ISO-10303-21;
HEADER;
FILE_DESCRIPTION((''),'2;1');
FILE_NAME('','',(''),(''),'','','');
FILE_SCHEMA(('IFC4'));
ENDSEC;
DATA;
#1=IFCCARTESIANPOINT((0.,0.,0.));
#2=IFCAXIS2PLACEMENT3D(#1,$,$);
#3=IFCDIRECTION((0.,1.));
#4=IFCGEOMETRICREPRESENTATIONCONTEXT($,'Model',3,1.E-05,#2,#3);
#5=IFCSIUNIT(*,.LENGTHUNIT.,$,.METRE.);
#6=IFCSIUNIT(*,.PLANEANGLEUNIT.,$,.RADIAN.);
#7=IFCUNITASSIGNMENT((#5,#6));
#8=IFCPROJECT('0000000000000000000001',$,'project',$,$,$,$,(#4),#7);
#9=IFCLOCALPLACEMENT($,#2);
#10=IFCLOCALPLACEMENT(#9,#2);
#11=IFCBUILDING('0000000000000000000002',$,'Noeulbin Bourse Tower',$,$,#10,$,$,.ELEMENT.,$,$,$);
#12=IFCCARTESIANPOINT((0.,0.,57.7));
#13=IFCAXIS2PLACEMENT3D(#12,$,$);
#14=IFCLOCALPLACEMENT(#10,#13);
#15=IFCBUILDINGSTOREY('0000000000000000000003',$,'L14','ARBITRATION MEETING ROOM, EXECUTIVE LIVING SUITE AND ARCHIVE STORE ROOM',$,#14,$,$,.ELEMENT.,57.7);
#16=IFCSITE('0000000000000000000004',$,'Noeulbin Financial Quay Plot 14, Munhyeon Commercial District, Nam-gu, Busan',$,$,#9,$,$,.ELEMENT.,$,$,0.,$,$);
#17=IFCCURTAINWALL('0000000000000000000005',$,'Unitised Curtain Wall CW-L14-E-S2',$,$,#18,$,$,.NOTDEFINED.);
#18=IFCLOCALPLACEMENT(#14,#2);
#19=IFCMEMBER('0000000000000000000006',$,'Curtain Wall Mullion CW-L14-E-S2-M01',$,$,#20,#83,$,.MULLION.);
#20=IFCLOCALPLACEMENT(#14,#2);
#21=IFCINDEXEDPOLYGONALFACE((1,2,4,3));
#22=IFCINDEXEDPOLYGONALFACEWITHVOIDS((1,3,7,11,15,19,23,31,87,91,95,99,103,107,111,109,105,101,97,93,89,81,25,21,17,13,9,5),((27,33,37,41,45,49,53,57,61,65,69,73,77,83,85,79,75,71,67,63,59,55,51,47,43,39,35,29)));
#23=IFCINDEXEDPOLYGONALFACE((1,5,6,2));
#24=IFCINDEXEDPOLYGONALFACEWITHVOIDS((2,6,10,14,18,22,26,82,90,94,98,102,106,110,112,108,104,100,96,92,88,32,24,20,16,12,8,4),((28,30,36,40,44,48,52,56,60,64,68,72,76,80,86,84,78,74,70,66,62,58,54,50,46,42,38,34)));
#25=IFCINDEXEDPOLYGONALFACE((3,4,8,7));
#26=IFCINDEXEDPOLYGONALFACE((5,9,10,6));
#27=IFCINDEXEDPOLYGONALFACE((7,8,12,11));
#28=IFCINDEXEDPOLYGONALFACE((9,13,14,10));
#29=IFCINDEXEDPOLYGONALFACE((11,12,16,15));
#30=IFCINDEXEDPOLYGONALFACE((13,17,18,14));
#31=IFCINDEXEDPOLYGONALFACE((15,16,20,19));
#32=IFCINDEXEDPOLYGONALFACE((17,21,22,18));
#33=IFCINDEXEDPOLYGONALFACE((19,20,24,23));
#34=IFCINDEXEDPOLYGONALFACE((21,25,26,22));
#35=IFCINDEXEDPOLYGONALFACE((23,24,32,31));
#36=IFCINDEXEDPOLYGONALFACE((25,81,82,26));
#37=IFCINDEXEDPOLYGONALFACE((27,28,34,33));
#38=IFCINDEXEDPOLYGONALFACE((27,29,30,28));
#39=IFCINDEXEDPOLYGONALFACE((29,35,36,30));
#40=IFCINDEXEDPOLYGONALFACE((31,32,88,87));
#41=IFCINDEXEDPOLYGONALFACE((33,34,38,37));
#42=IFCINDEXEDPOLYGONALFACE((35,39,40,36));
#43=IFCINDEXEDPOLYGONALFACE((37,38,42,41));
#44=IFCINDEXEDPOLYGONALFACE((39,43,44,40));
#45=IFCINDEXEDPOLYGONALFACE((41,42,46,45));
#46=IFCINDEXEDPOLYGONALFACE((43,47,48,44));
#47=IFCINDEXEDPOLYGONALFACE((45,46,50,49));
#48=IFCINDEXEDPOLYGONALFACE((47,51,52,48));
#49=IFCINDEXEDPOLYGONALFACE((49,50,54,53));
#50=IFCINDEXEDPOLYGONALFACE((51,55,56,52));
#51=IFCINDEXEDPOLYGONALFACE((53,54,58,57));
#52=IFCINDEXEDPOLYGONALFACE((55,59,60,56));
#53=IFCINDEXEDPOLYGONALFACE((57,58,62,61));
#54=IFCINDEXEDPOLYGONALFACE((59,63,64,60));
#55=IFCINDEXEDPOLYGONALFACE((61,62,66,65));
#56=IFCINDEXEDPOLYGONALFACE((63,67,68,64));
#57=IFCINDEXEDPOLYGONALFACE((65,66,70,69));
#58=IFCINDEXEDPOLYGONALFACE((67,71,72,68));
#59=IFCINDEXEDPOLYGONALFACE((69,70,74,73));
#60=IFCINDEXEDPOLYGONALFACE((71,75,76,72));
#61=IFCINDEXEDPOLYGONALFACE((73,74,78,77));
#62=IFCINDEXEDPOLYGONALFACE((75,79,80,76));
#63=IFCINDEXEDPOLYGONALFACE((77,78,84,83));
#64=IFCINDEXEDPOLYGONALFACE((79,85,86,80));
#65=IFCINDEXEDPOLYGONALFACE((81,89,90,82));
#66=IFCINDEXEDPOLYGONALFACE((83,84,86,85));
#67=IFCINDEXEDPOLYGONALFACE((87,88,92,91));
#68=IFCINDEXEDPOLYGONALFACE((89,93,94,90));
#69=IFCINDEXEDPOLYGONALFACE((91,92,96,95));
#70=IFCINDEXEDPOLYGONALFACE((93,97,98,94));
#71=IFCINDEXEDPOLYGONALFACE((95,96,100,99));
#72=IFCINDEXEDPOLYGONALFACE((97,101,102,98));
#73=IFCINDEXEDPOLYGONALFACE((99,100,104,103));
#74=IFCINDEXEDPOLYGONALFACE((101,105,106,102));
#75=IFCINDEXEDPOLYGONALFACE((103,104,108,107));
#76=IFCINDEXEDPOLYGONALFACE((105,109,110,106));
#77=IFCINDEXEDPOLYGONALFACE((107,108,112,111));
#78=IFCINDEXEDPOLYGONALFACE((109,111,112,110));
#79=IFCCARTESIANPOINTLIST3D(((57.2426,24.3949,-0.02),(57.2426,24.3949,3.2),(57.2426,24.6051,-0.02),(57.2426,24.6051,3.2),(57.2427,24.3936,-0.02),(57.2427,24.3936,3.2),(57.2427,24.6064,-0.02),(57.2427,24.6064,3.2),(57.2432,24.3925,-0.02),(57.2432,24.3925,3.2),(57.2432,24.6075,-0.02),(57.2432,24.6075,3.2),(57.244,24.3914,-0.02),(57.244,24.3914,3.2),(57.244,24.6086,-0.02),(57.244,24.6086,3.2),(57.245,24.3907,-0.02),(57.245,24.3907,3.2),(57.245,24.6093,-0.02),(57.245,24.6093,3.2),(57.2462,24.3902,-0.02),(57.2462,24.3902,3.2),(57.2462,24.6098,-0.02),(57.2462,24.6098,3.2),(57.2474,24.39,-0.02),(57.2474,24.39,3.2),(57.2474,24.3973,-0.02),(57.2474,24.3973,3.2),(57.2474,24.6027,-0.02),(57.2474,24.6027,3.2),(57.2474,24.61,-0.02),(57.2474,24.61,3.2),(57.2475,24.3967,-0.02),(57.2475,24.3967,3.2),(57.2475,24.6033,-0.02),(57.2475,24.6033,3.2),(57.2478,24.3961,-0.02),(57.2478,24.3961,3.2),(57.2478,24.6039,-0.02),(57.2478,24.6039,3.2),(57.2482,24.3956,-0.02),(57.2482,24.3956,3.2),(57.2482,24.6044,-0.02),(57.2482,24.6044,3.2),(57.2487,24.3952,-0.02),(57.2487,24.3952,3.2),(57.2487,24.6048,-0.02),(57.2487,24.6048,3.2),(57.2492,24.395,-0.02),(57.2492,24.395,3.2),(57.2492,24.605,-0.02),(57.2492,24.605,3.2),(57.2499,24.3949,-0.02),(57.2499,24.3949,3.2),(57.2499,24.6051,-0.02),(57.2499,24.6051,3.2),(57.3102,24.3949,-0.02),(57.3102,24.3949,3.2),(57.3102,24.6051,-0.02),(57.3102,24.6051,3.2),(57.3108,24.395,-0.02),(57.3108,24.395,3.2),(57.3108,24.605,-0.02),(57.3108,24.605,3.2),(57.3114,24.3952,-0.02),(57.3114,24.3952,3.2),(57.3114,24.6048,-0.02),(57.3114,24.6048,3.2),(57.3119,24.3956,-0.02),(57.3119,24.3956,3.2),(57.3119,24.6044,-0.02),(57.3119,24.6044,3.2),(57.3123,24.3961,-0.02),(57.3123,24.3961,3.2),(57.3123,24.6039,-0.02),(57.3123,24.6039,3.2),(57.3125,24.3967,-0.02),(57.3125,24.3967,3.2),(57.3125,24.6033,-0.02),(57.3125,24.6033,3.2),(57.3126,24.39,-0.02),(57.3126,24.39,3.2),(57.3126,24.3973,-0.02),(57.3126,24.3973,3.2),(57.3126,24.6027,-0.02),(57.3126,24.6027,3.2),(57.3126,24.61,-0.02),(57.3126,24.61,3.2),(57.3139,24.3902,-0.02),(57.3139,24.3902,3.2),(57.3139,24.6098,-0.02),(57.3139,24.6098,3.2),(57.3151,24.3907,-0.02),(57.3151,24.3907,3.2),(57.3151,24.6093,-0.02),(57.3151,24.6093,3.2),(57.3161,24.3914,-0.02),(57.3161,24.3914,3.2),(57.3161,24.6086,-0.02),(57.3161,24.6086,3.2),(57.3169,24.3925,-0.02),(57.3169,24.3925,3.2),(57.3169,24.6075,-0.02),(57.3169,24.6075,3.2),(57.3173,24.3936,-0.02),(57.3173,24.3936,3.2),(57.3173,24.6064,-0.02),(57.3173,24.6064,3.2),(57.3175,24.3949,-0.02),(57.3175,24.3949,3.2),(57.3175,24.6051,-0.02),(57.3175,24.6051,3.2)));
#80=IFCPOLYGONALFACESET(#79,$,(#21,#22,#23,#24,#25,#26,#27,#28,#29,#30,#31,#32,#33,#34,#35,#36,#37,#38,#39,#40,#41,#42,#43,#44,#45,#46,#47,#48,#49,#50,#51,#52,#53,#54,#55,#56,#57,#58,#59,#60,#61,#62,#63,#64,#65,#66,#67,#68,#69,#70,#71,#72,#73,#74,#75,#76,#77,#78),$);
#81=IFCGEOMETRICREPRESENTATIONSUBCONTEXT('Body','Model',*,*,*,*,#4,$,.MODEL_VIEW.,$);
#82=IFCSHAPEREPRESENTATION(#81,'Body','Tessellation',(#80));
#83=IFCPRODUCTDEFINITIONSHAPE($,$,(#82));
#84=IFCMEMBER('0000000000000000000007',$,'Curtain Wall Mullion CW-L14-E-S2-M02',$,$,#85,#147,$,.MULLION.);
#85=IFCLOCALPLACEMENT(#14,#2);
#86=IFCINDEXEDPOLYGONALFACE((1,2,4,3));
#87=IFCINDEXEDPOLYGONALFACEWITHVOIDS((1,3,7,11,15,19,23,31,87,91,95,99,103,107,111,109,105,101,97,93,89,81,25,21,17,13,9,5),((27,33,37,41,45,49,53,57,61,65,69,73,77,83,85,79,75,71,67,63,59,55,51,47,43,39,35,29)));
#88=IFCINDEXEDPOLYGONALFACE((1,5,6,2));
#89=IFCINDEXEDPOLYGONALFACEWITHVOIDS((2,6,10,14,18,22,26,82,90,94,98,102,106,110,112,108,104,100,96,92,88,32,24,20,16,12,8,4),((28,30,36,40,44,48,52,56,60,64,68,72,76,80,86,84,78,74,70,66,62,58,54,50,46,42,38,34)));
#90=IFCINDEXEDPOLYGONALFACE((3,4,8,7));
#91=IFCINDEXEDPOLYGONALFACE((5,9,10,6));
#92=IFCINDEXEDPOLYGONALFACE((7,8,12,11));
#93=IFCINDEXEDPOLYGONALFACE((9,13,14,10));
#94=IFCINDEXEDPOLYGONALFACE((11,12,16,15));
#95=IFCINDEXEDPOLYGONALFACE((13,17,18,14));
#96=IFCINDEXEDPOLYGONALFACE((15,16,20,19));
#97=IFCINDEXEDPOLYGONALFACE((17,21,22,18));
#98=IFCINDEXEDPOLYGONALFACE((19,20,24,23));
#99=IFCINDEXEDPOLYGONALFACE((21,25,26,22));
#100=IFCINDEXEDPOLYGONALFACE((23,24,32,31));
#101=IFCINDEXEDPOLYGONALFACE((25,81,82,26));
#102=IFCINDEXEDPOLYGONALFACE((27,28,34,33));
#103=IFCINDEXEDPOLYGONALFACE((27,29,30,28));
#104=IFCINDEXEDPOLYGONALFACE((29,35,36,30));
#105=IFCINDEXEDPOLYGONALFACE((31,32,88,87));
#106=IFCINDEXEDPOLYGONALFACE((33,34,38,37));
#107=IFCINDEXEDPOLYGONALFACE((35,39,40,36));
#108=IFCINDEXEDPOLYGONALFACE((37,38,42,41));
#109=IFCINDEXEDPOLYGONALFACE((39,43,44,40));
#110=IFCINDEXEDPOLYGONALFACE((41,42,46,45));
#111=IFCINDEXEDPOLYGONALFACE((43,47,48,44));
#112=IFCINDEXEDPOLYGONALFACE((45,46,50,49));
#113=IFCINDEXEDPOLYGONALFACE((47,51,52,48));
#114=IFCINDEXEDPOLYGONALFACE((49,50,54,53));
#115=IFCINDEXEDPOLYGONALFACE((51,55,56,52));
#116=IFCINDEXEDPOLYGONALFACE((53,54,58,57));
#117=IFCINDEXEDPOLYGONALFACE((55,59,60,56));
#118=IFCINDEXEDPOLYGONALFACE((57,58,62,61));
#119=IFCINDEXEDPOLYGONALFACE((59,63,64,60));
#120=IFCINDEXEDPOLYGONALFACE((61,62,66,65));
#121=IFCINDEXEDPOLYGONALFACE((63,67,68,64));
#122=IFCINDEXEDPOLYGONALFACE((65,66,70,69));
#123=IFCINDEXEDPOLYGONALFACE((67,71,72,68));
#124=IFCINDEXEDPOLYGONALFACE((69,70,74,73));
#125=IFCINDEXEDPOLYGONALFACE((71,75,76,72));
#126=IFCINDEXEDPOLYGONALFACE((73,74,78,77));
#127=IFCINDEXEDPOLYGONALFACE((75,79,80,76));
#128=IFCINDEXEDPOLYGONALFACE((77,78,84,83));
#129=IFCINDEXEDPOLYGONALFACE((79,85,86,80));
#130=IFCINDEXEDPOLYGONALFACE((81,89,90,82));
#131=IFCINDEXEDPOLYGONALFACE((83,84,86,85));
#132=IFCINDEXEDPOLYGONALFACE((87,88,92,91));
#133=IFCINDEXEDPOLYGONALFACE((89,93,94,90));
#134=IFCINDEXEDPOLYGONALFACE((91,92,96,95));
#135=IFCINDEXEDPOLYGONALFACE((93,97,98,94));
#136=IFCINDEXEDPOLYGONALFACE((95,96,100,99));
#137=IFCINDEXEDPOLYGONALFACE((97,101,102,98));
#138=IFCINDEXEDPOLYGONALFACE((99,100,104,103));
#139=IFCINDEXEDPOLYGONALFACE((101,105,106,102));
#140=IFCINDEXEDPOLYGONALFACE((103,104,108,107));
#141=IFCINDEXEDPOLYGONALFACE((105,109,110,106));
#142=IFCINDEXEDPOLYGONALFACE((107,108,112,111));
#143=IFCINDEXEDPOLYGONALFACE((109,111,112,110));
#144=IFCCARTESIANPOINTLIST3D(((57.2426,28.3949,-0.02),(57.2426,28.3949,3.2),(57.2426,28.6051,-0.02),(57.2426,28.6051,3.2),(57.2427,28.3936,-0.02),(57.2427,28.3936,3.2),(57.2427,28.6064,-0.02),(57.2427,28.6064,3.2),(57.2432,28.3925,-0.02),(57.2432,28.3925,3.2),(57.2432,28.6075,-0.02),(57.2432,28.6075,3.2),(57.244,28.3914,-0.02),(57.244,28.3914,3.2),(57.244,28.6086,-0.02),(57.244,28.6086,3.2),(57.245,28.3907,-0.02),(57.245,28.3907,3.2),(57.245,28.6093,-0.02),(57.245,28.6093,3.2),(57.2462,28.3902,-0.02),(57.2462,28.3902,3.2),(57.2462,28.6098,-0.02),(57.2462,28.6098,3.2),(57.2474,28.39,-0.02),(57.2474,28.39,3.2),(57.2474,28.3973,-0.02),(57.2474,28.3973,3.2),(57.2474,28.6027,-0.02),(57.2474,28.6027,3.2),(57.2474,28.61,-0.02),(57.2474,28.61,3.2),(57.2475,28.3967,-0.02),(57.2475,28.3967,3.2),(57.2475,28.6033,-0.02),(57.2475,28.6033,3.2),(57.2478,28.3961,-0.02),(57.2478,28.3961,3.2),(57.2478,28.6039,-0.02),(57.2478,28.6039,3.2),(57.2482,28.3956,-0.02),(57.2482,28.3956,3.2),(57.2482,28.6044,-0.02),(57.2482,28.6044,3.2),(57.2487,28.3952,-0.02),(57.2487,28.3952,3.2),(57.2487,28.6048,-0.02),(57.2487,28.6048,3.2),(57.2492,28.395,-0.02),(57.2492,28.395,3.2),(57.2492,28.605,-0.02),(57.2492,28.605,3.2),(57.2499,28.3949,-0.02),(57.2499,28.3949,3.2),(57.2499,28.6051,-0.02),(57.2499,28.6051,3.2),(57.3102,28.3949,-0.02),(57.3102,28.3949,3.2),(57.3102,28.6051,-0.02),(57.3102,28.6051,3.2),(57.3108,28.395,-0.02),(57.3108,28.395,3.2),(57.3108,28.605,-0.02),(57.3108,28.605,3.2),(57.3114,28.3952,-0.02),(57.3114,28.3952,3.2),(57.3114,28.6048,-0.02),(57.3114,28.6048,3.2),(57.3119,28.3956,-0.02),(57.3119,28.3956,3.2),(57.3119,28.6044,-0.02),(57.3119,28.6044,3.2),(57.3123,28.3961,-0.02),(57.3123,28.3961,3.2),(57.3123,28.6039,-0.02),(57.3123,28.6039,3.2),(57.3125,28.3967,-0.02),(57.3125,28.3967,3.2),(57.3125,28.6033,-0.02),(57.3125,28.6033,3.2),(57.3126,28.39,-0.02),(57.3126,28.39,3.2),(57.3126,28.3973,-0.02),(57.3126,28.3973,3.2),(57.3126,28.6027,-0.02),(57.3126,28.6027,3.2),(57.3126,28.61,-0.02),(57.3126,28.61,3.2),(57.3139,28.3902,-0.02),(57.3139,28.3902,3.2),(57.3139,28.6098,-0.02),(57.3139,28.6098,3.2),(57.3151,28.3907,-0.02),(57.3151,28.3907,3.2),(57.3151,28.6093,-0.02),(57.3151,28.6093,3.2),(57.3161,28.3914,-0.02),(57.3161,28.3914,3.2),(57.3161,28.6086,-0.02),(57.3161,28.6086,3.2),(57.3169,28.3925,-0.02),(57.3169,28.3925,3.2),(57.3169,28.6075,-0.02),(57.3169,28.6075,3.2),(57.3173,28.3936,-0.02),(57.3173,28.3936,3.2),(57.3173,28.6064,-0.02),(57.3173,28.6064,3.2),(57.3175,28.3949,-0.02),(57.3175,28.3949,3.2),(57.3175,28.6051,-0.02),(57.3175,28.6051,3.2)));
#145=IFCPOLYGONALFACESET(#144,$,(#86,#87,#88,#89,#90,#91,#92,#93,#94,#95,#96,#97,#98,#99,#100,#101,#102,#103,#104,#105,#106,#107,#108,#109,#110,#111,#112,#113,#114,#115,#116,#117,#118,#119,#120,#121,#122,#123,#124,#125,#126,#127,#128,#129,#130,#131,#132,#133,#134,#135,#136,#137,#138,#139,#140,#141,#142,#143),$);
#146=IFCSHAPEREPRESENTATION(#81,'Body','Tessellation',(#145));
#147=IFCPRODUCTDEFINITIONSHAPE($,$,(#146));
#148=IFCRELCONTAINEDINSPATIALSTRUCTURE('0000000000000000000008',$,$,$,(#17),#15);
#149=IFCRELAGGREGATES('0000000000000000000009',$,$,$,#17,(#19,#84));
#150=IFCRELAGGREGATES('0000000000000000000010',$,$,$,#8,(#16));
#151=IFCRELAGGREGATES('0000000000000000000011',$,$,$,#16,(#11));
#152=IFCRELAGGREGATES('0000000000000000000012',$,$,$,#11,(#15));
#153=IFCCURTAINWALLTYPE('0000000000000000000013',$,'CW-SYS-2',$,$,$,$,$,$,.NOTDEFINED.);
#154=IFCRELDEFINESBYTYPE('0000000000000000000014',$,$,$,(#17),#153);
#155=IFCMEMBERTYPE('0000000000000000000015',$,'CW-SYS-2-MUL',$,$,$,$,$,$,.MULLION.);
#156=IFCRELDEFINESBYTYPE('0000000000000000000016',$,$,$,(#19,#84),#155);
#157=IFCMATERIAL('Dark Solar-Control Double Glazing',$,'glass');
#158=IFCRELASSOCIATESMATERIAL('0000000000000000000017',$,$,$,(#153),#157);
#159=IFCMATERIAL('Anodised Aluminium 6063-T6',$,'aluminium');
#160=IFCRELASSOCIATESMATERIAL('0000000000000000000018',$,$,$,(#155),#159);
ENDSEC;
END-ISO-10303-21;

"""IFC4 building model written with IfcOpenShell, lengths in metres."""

from ifc_helpers import new_model, si_unit, direction, frame, origin, origin_2d, place, context, subcontext, project, spatial, hollow_rectangle, extrude, material, material_profile, profile_set, type_object, element, aggregate, save


model = new_model("IFC4")

# Units and contexts
model_context = context("Model", 3, precision=1e-05, world=origin(), true_north=direction((0.0, 1.0)))
body_context = subcontext(model_context, "Body", "Model", "MODEL_VIEW")
ifc_project = project(units=[si_unit("LENGTHUNIT", "METRE"), si_unit("PLANEANGLEUNIT", "RADIAN")], contexts=[model_context])

# Site, building, storey
site_placement = place(None, origin())
site = spatial("IfcSite", under=ifc_project, at=site_placement, Name="Noeulbin Financial Quay Plot 14, Munhyeon Commercial District, Nam-gu, Busan", CompositionType="ELEMENT", RefElevation=0.0)
building_placement = place(site_placement, origin())
building = spatial("IfcBuilding", under=site, at=building_placement, Name="Noeulbin Bourse Tower", CompositionType="ELEMENT")
storey_placement = place(building_placement, frame((0.0, 0.0, 57.7)))
storey = spatial("IfcBuildingStorey", under=building, at=storey_placement, Name="L14", Description="ARBITRATION MEETING ROOM, EXECUTIVE LIVING SUITE AND ARCHIVE STORE ROOM", CompositionType="ELEMENT", Elevation=57.7)

# Curtain wall, members
ifc_material_1 = material(Name="Dark Solar-Control Double Glazing", Category="glass")
curtain_wall_type = type_object("IfcCurtainWallType", Name="CW-SYS-2", PredefinedType="NOTDEFINED", material=ifc_material_1)
ifc_material_2 = material(Name="Anodised Aluminium 6063-T6", Category="aluminium")
ifc_material_profile_1 = material_profile(ifc_material_2, hollow_rectangle(XDim=0.075, YDim=0.22, WallThickness=0.0049, InnerFilletRadius=0.0024, OuterFilletRadius=0.0049, at=origin_2d()), Name="ALU-MULL-75x220x5", Category="LoadBearing")
ifc_profile_set_1 = profile_set([ifc_material_profile_1], Name="Anodised Aluminium 6063-T6")
member_type_1 = type_object("IfcMemberType", Name="CW-SYS-2-MUL", PredefinedType="MULLION", material=ifc_profile_set_1)
curtain_wall_1_placement = place(storey_placement, origin())
curtain_wall_1 = element("IfcCurtainWall", 1, at=curtain_wall_1_placement, inside=storey, type_object=curtain_wall_type, Name="Unitised Curtain Wall CW-L14-E-S2", PredefinedType="NOTDEFINED")
member_1_placement = place(storey_placement, frame((57.28, 24.5, -0.02), z_axis=(0.0, 0.0, 1.0), x_axis=(1.0, 0.0, 0.0)))
member_1 = element("IfcMember", 2, at=member_1_placement, type_object=member_type_1, Name="Curtain Wall Mullion CW-L14-E-S2-M01", PredefinedType="MULLION", context=body_context, shape_type="SweptSolid", body=[
    extrude(hollow_rectangle(XDim=0.075, YDim=0.22, WallThickness=0.0049, InnerFilletRadius=0.0024, OuterFilletRadius=0.0049, at=origin_2d()), origin(), (0.0, 0.0, 1.0), 3.22),
])
member_2_placement = place(storey_placement, frame((57.28, 28.5, -0.02), z_axis=(0.0, 0.0, 1.0), x_axis=(1.0, 0.0, 0.0)))
member_2 = element("IfcMember", 3, at=member_2_placement, type_object=member_type_1, Name="Curtain Wall Mullion CW-L14-E-S2-M02", PredefinedType="MULLION", context=body_context, shape_type="SweptSolid", body=[
    extrude(hollow_rectangle(XDim=0.075, YDim=0.22, WallThickness=0.0049, InnerFilletRadius=0.0024, OuterFilletRadius=0.0049, at=origin_2d()), origin(), (0.0, 0.0, 1.0), 3.22),
])

aggregate(curtain_wall_1, [member_1, member_2])

save(model, "model.ifc")
